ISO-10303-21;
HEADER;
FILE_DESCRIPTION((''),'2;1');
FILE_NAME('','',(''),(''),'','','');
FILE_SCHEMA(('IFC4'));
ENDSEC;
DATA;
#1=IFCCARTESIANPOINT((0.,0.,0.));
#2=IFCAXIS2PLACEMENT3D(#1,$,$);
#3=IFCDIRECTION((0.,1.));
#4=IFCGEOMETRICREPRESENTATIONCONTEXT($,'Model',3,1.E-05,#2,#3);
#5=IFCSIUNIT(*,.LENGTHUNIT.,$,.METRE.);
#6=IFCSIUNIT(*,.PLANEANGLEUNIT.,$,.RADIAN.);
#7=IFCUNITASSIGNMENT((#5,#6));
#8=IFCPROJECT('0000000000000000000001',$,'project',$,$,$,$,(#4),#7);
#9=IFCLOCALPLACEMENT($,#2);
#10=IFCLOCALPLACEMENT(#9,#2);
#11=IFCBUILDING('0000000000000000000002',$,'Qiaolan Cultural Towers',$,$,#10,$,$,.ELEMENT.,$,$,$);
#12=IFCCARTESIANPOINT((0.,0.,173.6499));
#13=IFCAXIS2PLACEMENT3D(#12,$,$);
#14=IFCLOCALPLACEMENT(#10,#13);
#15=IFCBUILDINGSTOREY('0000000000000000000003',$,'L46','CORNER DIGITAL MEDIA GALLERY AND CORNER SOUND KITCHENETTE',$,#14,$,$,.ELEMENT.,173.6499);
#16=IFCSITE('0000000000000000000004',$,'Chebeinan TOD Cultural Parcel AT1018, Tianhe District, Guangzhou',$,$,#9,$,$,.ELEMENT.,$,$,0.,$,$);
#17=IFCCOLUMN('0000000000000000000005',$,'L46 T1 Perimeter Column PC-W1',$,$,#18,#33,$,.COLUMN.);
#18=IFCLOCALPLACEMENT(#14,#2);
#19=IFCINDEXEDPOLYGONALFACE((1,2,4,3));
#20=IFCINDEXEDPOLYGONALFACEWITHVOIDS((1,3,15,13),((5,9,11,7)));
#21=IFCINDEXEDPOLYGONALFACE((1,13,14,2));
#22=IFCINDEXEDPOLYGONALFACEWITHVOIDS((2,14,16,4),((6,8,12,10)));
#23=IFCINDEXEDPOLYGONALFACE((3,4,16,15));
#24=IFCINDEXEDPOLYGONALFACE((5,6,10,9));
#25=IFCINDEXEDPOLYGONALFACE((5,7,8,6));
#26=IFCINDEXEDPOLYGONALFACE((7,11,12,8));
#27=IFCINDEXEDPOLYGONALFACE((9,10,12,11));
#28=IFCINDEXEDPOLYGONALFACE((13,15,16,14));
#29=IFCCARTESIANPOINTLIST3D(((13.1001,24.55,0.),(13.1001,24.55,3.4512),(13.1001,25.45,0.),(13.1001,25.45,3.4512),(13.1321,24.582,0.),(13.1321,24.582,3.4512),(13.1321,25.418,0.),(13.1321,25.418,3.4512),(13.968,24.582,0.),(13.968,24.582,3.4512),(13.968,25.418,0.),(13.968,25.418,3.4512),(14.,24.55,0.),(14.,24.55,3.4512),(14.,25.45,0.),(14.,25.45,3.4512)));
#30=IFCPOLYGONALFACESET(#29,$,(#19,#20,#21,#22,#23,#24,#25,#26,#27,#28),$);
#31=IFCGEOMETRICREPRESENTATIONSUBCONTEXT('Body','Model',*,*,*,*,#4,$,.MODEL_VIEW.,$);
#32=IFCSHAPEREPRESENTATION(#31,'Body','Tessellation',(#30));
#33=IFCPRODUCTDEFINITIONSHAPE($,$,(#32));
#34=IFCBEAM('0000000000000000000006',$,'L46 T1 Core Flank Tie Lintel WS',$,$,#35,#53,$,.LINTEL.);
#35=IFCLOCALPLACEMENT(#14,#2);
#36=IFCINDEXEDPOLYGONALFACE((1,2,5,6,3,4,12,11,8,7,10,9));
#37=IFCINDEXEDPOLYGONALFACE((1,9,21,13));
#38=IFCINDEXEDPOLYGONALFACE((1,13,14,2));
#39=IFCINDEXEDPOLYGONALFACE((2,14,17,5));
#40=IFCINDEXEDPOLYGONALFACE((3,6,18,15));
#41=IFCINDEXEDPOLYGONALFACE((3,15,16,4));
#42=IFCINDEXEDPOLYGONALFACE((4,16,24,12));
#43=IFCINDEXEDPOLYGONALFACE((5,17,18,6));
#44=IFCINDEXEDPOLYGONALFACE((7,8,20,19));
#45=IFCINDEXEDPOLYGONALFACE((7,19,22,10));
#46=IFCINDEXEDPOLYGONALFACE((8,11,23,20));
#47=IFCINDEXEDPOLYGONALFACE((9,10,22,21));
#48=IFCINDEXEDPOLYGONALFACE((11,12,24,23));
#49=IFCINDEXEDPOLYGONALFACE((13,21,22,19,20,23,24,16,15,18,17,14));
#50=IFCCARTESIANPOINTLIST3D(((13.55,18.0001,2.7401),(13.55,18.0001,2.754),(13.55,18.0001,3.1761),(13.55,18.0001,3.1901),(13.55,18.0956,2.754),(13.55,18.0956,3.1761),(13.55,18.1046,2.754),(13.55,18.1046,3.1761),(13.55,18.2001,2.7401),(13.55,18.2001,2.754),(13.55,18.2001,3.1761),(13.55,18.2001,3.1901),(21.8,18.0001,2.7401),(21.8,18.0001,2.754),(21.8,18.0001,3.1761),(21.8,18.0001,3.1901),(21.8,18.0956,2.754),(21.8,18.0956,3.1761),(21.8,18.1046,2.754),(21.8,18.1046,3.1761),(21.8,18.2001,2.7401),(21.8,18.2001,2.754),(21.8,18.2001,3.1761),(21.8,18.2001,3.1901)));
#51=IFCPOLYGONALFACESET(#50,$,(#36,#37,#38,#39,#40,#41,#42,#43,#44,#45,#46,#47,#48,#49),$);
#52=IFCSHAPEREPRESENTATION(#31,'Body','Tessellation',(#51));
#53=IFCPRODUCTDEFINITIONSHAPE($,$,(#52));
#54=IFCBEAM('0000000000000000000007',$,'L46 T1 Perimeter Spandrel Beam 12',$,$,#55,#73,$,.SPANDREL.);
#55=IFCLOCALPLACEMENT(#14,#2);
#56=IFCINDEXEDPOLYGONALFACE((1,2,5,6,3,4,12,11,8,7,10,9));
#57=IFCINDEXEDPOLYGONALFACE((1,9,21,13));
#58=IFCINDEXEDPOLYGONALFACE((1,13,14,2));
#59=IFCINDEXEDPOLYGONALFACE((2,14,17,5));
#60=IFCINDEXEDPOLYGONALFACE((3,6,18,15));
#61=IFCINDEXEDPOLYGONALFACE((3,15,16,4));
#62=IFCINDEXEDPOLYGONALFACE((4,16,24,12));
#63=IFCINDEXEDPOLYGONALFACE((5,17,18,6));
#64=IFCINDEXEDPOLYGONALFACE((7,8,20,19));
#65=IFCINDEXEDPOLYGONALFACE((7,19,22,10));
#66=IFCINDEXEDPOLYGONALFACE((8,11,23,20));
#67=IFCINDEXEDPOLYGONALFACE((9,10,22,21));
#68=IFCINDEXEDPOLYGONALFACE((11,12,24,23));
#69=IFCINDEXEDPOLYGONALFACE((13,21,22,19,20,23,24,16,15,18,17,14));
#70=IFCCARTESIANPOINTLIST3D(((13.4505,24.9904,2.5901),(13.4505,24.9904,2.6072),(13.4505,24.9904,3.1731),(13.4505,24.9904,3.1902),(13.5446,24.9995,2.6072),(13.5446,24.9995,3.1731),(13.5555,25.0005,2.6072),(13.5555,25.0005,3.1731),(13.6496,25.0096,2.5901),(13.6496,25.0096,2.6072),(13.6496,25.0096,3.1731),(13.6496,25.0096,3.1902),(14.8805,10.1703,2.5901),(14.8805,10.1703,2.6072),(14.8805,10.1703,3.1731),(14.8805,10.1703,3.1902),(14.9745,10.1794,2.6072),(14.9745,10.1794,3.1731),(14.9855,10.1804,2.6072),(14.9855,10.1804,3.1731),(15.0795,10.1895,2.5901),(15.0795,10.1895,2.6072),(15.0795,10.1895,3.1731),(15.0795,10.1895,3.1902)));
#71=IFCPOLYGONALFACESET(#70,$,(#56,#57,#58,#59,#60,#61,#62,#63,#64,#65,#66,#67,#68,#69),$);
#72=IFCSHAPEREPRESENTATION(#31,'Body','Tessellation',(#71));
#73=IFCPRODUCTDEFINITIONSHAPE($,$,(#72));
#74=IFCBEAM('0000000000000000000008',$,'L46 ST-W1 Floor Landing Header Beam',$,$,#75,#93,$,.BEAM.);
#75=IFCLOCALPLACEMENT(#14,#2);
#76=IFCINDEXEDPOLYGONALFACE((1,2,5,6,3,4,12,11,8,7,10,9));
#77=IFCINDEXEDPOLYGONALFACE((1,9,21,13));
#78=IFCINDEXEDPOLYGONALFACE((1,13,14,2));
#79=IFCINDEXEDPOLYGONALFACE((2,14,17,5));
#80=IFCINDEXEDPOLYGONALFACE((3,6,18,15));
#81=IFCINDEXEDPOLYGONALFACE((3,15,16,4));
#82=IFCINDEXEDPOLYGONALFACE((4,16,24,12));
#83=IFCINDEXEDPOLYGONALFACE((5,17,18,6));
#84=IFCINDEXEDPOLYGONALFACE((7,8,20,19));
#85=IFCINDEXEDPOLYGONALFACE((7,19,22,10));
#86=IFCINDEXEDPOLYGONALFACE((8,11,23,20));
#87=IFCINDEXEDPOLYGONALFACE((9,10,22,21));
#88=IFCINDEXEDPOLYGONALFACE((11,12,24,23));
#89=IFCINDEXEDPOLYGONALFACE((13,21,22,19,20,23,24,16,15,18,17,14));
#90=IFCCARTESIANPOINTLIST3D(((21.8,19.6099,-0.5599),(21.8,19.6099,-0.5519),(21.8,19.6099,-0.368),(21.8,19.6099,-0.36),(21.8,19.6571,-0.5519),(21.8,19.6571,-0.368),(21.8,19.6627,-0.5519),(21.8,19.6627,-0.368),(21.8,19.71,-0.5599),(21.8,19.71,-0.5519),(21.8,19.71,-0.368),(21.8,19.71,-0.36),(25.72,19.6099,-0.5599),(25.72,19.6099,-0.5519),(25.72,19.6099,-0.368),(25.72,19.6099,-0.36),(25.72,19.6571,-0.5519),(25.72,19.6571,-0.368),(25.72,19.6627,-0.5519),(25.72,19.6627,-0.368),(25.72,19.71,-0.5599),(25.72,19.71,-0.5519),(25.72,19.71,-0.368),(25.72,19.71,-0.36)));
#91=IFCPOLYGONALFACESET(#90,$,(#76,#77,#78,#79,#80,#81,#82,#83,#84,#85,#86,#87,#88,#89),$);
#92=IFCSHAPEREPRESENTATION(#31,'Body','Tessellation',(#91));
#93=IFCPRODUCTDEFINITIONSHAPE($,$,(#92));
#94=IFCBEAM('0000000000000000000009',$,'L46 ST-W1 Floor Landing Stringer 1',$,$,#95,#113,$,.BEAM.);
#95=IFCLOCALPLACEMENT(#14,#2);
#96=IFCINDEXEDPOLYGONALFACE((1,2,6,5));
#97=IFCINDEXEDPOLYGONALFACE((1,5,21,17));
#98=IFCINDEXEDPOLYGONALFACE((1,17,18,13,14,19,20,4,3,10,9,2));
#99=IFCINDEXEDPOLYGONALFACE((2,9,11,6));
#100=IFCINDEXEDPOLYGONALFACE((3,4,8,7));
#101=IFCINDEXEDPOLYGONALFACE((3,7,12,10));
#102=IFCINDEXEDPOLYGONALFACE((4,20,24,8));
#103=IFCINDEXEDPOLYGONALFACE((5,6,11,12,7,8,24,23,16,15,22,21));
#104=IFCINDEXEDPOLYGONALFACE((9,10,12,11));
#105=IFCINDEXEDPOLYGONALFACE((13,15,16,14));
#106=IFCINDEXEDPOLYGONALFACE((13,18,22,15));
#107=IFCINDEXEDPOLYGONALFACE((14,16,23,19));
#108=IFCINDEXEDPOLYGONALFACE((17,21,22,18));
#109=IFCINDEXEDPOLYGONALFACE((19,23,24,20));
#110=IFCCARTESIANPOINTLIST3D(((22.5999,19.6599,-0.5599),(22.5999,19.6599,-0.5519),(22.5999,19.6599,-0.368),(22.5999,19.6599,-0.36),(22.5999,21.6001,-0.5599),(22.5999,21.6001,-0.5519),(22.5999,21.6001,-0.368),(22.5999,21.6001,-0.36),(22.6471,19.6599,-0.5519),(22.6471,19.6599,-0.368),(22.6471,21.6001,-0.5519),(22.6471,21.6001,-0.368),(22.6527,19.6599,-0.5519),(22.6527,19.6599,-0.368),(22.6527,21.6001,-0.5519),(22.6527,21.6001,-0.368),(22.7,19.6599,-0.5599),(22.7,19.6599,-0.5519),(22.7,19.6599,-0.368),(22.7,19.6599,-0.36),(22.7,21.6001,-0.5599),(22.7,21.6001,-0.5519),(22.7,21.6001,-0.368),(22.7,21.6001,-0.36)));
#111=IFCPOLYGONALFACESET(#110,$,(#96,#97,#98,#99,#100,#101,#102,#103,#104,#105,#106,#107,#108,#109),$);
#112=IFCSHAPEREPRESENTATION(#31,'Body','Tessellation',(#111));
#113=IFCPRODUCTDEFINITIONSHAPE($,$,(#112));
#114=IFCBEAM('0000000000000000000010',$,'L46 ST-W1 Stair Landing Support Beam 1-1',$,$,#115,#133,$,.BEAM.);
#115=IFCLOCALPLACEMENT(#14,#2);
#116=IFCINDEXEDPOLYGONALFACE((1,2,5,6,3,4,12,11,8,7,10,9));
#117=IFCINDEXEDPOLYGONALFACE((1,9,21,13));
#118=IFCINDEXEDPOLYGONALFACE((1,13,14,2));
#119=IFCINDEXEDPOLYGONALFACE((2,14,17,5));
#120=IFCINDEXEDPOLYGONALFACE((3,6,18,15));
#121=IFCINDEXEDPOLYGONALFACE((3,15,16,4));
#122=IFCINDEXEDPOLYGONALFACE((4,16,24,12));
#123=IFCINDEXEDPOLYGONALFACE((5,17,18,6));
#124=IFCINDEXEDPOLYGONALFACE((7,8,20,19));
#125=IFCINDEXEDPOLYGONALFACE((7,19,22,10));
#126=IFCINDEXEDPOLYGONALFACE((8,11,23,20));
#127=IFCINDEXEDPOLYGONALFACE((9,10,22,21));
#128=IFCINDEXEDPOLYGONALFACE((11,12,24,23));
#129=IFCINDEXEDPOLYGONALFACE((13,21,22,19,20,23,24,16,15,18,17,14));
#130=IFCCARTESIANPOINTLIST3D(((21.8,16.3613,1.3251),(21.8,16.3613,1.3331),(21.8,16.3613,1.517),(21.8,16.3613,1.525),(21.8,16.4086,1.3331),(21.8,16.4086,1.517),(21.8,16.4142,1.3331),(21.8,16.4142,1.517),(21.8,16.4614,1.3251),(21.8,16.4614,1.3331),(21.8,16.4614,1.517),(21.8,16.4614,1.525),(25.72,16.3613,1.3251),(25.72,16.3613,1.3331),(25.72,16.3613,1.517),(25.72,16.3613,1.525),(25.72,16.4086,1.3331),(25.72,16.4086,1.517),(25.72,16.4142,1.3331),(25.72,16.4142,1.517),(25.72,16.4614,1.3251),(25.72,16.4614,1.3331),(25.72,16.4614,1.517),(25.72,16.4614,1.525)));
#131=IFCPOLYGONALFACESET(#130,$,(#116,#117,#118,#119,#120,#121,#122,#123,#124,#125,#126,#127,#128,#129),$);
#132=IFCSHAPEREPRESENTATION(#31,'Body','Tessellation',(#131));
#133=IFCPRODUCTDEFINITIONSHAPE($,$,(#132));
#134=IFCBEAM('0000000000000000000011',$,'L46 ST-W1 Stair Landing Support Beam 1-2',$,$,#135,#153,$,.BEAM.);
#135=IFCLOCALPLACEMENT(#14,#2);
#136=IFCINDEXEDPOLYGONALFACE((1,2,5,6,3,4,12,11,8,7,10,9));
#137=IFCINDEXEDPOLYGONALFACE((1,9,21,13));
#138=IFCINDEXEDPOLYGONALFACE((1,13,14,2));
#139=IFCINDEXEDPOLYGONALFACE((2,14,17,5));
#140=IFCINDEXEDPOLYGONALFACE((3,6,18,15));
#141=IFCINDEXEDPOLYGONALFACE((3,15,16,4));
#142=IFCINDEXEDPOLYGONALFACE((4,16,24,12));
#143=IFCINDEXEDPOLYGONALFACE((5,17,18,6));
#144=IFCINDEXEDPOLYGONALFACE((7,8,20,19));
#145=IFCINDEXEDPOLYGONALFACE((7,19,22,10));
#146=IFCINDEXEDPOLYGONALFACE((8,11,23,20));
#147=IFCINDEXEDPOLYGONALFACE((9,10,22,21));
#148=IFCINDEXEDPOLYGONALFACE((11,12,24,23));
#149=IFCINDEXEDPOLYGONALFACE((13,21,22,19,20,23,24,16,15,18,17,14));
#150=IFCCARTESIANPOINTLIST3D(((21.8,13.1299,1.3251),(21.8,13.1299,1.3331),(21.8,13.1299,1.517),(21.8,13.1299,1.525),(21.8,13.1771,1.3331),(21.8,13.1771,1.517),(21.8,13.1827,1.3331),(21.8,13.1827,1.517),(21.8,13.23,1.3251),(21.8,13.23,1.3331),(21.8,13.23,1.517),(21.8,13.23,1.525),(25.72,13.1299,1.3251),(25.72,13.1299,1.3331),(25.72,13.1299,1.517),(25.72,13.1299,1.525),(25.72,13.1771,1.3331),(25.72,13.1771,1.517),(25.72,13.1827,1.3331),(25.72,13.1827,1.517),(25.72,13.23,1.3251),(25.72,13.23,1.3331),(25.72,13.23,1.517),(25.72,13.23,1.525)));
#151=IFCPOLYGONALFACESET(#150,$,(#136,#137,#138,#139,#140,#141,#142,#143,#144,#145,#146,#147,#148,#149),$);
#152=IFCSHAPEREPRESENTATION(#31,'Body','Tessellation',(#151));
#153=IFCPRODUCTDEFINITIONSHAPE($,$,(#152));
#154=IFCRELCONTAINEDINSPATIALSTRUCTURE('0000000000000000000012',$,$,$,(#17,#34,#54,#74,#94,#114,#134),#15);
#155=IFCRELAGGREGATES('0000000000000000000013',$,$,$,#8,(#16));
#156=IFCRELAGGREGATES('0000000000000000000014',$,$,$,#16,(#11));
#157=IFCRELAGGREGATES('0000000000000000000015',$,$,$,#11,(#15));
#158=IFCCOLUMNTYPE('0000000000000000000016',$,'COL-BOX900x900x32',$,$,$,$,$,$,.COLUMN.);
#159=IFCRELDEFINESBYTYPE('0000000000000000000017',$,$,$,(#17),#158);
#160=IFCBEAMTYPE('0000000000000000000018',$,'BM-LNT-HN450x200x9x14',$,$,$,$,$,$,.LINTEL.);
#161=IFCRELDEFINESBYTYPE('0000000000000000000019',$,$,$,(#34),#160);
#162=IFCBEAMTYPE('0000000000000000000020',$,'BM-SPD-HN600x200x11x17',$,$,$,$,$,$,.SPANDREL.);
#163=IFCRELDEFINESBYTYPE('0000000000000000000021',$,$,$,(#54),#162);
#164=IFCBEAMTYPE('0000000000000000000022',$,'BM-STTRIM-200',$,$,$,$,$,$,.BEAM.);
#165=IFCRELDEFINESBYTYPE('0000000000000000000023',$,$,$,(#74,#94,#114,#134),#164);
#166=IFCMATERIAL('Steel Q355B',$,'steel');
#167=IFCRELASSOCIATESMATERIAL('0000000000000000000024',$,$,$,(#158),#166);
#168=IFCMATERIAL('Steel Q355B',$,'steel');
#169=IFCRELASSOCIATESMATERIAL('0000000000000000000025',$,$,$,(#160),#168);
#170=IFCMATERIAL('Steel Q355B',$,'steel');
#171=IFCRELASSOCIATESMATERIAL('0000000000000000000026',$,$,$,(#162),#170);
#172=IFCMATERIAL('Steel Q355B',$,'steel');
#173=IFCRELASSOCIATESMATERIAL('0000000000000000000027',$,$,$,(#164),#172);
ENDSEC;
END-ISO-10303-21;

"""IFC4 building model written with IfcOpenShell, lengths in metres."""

from ifc_helpers import new_model, si_unit, direction, frame, origin, origin_2d, place, context, subcontext, project, spatial, hollow_rectangle, i_section, extrude, material, material_profile, profile_set, type_object, element, save


model = new_model("IFC4")

# Units and contexts
model_context = context("Model", 3, precision=1e-05, world=origin(), true_north=direction((0.0, 1.0)))
body_context = subcontext(model_context, "Body", "Model", "MODEL_VIEW")
ifc_project = project(units=[si_unit("LENGTHUNIT", "METRE"), si_unit("PLANEANGLEUNIT", "RADIAN")], contexts=[model_context])

# Site, building, storey
site_placement = place(None, origin())
site = spatial("IfcSite", under=ifc_project, at=site_placement, Name="Chebeinan TOD Cultural Parcel AT1018, Tianhe District, Guangzhou", CompositionType="ELEMENT", RefElevation=0.0)
building_placement = place(site_placement, origin())
building = spatial("IfcBuilding", under=site, at=building_placement, Name="Qiaolan Cultural Towers", CompositionType="ELEMENT")
storey_placement = place(building_placement, frame((0.0, 0.0, 173.6499)))
storey = spatial("IfcBuildingStorey", under=building, at=storey_placement, Name="L46", Description="CORNER DIGITAL MEDIA GALLERY AND CORNER SOUND KITCHENETTE", CompositionType="ELEMENT", Elevation=173.6499)

# Column
ifc_material_1 = material(Name="Steel Q355B", Category="steel")
ifc_material_profile_1 = material_profile(ifc_material_1, hollow_rectangle(XDim=0.8999, YDim=0.8999, WallThickness=0.032, at=origin_2d()), Name="BOX900x900x32")
ifc_profile_set_1 = profile_set([ifc_material_profile_1], Name="Steel Q355B")
column_type = type_object("IfcColumnType", Name="COL-BOX900x900x32", PredefinedType="COLUMN", material=ifc_profile_set_1)
column_placement = place(storey_placement, frame((13.55, 25.0, 0.0), z_axis=(0.0, 0.0, 1.0), x_axis=(1.0, 0.0, 0.0)))
element("IfcColumn", 1, at=column_placement, inside=storey, type_object=column_type, Name="L46 T1 Perimeter Column PC-W1", PredefinedType="COLUMN", context=body_context, shape_type="SweptSolid", body=[
    extrude(hollow_rectangle(XDim=0.8999, YDim=0.8999, WallThickness=0.032, at=origin_2d()), origin(), (0.0, 0.0, 1.0), 3.4512),
])

# Beams
ifc_material_2 = material(Name="Steel Q355B", Category="steel")
ifc_material_profile_2 = material_profile(ifc_material_2, i_section(OverallWidth=0.2, OverallDepth=0.45, WebThickness=0.009, FlangeThickness=0.0139, at=origin_2d()), Name="HN450x200x9x14")
ifc_profile_set_2 = profile_set([ifc_material_profile_2], Name="Steel Q355B")
beam_type_1 = type_object("IfcBeamType", Name="BM-LNT-HN450x200x9x14", PredefinedType="LINTEL", material=ifc_profile_set_2)
beam_1_placement = place(storey_placement, frame((21.8, 18.1001, 2.9651), z_axis=(-1.0, 0.0, 0.0), x_axis=(0.0, -1.0, 0.0)))
element("IfcBeam", 2, at=beam_1_placement, inside=storey, type_object=beam_type_1, Name="L46 T1 Core Flank Tie Lintel WS", PredefinedType="LINTEL", context=body_context, shape_type="SweptSolid", body=[
    extrude(i_section(OverallWidth=0.2, OverallDepth=0.45, WebThickness=0.009, FlangeThickness=0.0139, at=origin_2d()), origin(), (0.0, 0.0, 1.0), 8.25),
])
ifc_material_3 = material(Name="Steel Q355B", Category="steel")
ifc_material_profile_3 = material_profile(ifc_material_3, i_section(OverallWidth=0.2, OverallDepth=0.6001, WebThickness=0.011, FlangeThickness=0.0171, at=origin_2d()), Name="HN600x200x11x17")
ifc_profile_set_3 = profile_set([ifc_material_profile_3], Name="Steel Q355B")
beam_type_2 = type_object("IfcBeamType", Name="BM-SPD-HN600x200x11x17", PredefinedType="SPANDREL", material=ifc_profile_set_3)
beam_2_placement = place(storey_placement, frame((13.55, 25.0, 2.8901), z_axis=(0.09604, -0.995377, 0.0), x_axis=(0.995377, 0.09604, 0.0)))
element("IfcBeam", 3, at=beam_2_placement, inside=storey, type_object=beam_type_2, Name="L46 T1 Perimeter Spandrel Beam 12", PredefinedType="SPANDREL", context=body_context, shape_type="SweptSolid", body=[
    extrude(i_section(OverallWidth=0.2, OverallDepth=0.6001, WebThickness=0.011, FlangeThickness=0.0171, at=origin_2d()), origin(), (0.0, 0.0, 1.0), 14.8889),
])
ifc_material_4 = material(Name="Steel Q355B", Category="steel")
ifc_material_profile_4 = material_profile(ifc_material_4, i_section(OverallWidth=0.1001, OverallDepth=0.2, WebThickness=0.0056, FlangeThickness=0.0081, at=origin_2d()), Name="HN200x100x5.5x8")
ifc_profile_set_4 = profile_set([ifc_material_profile_4], Name="Steel Q355B")
beam_type_3 = type_object("IfcBeamType", Name="BM-STTRIM-200", PredefinedType="BEAM", material=ifc_profile_set_4)
beam_3_placement = place(storey_placement, frame((21.8, 19.6599, -0.46), z_axis=(1.0, 0.0, 0.0), x_axis=(0.0, 1.0, 0.0)))
element("IfcBeam", 4, at=beam_3_placement, inside=storey, type_object=beam_type_3, Name="L46 ST-W1 Floor Landing Header Beam", PredefinedType="BEAM", context=body_context, shape_type="SweptSolid", body=[
    extrude(i_section(OverallWidth=0.1001, OverallDepth=0.2, WebThickness=0.0056, FlangeThickness=0.0081, at=origin_2d()), origin(), (0.0, 0.0, 1.0), 3.9199),
])
beam_4_placement = place(storey_placement, frame((22.6499, 21.6001, -0.46), z_axis=(0.0, -1.0, 0.0), x_axis=(1.0, 0.0, 0.0)))
element("IfcBeam", 5, at=beam_4_placement, inside=storey, type_object=beam_type_3, Name="L46 ST-W1 Floor Landing Stringer 1", PredefinedType="BEAM", context=body_context, shape_type="SweptSolid", body=[
    extrude(i_section(OverallWidth=0.1001, OverallDepth=0.2, WebThickness=0.0056, FlangeThickness=0.0081, at=origin_2d()), origin(), (0.0, 0.0, 1.0), 1.9402),
])
for number, where, z_axis, x_axis, name in (
    (6, (21.8, 16.4114, 1.425), (1.0, 0.0, 0.0), (0.0, 1.0, 0.0), "L46 ST-W1 Stair Landing Support Beam 1-1"),
    (7, (21.8, 13.1799, 1.425), (1.0, 0.0, 0.0), (0.0, 1.0, 0.0), "L46 ST-W1 Stair Landing Support Beam 1-2"),
):
    element("IfcBeam", number, at=place(storey_placement, frame(where, z_axis=z_axis, x_axis=x_axis)), inside=storey, type_object=beam_type_3, Name=name, PredefinedType="BEAM", context=body_context, shape_type="SweptSolid", body=[
        extrude(i_section(OverallWidth=0.1001, OverallDepth=0.2, WebThickness=0.0056, FlangeThickness=0.0081, at=origin_2d()), origin(), (0.0, 0.0, 1.0), 3.9199),
    ])

save(model, "model.ifc")
